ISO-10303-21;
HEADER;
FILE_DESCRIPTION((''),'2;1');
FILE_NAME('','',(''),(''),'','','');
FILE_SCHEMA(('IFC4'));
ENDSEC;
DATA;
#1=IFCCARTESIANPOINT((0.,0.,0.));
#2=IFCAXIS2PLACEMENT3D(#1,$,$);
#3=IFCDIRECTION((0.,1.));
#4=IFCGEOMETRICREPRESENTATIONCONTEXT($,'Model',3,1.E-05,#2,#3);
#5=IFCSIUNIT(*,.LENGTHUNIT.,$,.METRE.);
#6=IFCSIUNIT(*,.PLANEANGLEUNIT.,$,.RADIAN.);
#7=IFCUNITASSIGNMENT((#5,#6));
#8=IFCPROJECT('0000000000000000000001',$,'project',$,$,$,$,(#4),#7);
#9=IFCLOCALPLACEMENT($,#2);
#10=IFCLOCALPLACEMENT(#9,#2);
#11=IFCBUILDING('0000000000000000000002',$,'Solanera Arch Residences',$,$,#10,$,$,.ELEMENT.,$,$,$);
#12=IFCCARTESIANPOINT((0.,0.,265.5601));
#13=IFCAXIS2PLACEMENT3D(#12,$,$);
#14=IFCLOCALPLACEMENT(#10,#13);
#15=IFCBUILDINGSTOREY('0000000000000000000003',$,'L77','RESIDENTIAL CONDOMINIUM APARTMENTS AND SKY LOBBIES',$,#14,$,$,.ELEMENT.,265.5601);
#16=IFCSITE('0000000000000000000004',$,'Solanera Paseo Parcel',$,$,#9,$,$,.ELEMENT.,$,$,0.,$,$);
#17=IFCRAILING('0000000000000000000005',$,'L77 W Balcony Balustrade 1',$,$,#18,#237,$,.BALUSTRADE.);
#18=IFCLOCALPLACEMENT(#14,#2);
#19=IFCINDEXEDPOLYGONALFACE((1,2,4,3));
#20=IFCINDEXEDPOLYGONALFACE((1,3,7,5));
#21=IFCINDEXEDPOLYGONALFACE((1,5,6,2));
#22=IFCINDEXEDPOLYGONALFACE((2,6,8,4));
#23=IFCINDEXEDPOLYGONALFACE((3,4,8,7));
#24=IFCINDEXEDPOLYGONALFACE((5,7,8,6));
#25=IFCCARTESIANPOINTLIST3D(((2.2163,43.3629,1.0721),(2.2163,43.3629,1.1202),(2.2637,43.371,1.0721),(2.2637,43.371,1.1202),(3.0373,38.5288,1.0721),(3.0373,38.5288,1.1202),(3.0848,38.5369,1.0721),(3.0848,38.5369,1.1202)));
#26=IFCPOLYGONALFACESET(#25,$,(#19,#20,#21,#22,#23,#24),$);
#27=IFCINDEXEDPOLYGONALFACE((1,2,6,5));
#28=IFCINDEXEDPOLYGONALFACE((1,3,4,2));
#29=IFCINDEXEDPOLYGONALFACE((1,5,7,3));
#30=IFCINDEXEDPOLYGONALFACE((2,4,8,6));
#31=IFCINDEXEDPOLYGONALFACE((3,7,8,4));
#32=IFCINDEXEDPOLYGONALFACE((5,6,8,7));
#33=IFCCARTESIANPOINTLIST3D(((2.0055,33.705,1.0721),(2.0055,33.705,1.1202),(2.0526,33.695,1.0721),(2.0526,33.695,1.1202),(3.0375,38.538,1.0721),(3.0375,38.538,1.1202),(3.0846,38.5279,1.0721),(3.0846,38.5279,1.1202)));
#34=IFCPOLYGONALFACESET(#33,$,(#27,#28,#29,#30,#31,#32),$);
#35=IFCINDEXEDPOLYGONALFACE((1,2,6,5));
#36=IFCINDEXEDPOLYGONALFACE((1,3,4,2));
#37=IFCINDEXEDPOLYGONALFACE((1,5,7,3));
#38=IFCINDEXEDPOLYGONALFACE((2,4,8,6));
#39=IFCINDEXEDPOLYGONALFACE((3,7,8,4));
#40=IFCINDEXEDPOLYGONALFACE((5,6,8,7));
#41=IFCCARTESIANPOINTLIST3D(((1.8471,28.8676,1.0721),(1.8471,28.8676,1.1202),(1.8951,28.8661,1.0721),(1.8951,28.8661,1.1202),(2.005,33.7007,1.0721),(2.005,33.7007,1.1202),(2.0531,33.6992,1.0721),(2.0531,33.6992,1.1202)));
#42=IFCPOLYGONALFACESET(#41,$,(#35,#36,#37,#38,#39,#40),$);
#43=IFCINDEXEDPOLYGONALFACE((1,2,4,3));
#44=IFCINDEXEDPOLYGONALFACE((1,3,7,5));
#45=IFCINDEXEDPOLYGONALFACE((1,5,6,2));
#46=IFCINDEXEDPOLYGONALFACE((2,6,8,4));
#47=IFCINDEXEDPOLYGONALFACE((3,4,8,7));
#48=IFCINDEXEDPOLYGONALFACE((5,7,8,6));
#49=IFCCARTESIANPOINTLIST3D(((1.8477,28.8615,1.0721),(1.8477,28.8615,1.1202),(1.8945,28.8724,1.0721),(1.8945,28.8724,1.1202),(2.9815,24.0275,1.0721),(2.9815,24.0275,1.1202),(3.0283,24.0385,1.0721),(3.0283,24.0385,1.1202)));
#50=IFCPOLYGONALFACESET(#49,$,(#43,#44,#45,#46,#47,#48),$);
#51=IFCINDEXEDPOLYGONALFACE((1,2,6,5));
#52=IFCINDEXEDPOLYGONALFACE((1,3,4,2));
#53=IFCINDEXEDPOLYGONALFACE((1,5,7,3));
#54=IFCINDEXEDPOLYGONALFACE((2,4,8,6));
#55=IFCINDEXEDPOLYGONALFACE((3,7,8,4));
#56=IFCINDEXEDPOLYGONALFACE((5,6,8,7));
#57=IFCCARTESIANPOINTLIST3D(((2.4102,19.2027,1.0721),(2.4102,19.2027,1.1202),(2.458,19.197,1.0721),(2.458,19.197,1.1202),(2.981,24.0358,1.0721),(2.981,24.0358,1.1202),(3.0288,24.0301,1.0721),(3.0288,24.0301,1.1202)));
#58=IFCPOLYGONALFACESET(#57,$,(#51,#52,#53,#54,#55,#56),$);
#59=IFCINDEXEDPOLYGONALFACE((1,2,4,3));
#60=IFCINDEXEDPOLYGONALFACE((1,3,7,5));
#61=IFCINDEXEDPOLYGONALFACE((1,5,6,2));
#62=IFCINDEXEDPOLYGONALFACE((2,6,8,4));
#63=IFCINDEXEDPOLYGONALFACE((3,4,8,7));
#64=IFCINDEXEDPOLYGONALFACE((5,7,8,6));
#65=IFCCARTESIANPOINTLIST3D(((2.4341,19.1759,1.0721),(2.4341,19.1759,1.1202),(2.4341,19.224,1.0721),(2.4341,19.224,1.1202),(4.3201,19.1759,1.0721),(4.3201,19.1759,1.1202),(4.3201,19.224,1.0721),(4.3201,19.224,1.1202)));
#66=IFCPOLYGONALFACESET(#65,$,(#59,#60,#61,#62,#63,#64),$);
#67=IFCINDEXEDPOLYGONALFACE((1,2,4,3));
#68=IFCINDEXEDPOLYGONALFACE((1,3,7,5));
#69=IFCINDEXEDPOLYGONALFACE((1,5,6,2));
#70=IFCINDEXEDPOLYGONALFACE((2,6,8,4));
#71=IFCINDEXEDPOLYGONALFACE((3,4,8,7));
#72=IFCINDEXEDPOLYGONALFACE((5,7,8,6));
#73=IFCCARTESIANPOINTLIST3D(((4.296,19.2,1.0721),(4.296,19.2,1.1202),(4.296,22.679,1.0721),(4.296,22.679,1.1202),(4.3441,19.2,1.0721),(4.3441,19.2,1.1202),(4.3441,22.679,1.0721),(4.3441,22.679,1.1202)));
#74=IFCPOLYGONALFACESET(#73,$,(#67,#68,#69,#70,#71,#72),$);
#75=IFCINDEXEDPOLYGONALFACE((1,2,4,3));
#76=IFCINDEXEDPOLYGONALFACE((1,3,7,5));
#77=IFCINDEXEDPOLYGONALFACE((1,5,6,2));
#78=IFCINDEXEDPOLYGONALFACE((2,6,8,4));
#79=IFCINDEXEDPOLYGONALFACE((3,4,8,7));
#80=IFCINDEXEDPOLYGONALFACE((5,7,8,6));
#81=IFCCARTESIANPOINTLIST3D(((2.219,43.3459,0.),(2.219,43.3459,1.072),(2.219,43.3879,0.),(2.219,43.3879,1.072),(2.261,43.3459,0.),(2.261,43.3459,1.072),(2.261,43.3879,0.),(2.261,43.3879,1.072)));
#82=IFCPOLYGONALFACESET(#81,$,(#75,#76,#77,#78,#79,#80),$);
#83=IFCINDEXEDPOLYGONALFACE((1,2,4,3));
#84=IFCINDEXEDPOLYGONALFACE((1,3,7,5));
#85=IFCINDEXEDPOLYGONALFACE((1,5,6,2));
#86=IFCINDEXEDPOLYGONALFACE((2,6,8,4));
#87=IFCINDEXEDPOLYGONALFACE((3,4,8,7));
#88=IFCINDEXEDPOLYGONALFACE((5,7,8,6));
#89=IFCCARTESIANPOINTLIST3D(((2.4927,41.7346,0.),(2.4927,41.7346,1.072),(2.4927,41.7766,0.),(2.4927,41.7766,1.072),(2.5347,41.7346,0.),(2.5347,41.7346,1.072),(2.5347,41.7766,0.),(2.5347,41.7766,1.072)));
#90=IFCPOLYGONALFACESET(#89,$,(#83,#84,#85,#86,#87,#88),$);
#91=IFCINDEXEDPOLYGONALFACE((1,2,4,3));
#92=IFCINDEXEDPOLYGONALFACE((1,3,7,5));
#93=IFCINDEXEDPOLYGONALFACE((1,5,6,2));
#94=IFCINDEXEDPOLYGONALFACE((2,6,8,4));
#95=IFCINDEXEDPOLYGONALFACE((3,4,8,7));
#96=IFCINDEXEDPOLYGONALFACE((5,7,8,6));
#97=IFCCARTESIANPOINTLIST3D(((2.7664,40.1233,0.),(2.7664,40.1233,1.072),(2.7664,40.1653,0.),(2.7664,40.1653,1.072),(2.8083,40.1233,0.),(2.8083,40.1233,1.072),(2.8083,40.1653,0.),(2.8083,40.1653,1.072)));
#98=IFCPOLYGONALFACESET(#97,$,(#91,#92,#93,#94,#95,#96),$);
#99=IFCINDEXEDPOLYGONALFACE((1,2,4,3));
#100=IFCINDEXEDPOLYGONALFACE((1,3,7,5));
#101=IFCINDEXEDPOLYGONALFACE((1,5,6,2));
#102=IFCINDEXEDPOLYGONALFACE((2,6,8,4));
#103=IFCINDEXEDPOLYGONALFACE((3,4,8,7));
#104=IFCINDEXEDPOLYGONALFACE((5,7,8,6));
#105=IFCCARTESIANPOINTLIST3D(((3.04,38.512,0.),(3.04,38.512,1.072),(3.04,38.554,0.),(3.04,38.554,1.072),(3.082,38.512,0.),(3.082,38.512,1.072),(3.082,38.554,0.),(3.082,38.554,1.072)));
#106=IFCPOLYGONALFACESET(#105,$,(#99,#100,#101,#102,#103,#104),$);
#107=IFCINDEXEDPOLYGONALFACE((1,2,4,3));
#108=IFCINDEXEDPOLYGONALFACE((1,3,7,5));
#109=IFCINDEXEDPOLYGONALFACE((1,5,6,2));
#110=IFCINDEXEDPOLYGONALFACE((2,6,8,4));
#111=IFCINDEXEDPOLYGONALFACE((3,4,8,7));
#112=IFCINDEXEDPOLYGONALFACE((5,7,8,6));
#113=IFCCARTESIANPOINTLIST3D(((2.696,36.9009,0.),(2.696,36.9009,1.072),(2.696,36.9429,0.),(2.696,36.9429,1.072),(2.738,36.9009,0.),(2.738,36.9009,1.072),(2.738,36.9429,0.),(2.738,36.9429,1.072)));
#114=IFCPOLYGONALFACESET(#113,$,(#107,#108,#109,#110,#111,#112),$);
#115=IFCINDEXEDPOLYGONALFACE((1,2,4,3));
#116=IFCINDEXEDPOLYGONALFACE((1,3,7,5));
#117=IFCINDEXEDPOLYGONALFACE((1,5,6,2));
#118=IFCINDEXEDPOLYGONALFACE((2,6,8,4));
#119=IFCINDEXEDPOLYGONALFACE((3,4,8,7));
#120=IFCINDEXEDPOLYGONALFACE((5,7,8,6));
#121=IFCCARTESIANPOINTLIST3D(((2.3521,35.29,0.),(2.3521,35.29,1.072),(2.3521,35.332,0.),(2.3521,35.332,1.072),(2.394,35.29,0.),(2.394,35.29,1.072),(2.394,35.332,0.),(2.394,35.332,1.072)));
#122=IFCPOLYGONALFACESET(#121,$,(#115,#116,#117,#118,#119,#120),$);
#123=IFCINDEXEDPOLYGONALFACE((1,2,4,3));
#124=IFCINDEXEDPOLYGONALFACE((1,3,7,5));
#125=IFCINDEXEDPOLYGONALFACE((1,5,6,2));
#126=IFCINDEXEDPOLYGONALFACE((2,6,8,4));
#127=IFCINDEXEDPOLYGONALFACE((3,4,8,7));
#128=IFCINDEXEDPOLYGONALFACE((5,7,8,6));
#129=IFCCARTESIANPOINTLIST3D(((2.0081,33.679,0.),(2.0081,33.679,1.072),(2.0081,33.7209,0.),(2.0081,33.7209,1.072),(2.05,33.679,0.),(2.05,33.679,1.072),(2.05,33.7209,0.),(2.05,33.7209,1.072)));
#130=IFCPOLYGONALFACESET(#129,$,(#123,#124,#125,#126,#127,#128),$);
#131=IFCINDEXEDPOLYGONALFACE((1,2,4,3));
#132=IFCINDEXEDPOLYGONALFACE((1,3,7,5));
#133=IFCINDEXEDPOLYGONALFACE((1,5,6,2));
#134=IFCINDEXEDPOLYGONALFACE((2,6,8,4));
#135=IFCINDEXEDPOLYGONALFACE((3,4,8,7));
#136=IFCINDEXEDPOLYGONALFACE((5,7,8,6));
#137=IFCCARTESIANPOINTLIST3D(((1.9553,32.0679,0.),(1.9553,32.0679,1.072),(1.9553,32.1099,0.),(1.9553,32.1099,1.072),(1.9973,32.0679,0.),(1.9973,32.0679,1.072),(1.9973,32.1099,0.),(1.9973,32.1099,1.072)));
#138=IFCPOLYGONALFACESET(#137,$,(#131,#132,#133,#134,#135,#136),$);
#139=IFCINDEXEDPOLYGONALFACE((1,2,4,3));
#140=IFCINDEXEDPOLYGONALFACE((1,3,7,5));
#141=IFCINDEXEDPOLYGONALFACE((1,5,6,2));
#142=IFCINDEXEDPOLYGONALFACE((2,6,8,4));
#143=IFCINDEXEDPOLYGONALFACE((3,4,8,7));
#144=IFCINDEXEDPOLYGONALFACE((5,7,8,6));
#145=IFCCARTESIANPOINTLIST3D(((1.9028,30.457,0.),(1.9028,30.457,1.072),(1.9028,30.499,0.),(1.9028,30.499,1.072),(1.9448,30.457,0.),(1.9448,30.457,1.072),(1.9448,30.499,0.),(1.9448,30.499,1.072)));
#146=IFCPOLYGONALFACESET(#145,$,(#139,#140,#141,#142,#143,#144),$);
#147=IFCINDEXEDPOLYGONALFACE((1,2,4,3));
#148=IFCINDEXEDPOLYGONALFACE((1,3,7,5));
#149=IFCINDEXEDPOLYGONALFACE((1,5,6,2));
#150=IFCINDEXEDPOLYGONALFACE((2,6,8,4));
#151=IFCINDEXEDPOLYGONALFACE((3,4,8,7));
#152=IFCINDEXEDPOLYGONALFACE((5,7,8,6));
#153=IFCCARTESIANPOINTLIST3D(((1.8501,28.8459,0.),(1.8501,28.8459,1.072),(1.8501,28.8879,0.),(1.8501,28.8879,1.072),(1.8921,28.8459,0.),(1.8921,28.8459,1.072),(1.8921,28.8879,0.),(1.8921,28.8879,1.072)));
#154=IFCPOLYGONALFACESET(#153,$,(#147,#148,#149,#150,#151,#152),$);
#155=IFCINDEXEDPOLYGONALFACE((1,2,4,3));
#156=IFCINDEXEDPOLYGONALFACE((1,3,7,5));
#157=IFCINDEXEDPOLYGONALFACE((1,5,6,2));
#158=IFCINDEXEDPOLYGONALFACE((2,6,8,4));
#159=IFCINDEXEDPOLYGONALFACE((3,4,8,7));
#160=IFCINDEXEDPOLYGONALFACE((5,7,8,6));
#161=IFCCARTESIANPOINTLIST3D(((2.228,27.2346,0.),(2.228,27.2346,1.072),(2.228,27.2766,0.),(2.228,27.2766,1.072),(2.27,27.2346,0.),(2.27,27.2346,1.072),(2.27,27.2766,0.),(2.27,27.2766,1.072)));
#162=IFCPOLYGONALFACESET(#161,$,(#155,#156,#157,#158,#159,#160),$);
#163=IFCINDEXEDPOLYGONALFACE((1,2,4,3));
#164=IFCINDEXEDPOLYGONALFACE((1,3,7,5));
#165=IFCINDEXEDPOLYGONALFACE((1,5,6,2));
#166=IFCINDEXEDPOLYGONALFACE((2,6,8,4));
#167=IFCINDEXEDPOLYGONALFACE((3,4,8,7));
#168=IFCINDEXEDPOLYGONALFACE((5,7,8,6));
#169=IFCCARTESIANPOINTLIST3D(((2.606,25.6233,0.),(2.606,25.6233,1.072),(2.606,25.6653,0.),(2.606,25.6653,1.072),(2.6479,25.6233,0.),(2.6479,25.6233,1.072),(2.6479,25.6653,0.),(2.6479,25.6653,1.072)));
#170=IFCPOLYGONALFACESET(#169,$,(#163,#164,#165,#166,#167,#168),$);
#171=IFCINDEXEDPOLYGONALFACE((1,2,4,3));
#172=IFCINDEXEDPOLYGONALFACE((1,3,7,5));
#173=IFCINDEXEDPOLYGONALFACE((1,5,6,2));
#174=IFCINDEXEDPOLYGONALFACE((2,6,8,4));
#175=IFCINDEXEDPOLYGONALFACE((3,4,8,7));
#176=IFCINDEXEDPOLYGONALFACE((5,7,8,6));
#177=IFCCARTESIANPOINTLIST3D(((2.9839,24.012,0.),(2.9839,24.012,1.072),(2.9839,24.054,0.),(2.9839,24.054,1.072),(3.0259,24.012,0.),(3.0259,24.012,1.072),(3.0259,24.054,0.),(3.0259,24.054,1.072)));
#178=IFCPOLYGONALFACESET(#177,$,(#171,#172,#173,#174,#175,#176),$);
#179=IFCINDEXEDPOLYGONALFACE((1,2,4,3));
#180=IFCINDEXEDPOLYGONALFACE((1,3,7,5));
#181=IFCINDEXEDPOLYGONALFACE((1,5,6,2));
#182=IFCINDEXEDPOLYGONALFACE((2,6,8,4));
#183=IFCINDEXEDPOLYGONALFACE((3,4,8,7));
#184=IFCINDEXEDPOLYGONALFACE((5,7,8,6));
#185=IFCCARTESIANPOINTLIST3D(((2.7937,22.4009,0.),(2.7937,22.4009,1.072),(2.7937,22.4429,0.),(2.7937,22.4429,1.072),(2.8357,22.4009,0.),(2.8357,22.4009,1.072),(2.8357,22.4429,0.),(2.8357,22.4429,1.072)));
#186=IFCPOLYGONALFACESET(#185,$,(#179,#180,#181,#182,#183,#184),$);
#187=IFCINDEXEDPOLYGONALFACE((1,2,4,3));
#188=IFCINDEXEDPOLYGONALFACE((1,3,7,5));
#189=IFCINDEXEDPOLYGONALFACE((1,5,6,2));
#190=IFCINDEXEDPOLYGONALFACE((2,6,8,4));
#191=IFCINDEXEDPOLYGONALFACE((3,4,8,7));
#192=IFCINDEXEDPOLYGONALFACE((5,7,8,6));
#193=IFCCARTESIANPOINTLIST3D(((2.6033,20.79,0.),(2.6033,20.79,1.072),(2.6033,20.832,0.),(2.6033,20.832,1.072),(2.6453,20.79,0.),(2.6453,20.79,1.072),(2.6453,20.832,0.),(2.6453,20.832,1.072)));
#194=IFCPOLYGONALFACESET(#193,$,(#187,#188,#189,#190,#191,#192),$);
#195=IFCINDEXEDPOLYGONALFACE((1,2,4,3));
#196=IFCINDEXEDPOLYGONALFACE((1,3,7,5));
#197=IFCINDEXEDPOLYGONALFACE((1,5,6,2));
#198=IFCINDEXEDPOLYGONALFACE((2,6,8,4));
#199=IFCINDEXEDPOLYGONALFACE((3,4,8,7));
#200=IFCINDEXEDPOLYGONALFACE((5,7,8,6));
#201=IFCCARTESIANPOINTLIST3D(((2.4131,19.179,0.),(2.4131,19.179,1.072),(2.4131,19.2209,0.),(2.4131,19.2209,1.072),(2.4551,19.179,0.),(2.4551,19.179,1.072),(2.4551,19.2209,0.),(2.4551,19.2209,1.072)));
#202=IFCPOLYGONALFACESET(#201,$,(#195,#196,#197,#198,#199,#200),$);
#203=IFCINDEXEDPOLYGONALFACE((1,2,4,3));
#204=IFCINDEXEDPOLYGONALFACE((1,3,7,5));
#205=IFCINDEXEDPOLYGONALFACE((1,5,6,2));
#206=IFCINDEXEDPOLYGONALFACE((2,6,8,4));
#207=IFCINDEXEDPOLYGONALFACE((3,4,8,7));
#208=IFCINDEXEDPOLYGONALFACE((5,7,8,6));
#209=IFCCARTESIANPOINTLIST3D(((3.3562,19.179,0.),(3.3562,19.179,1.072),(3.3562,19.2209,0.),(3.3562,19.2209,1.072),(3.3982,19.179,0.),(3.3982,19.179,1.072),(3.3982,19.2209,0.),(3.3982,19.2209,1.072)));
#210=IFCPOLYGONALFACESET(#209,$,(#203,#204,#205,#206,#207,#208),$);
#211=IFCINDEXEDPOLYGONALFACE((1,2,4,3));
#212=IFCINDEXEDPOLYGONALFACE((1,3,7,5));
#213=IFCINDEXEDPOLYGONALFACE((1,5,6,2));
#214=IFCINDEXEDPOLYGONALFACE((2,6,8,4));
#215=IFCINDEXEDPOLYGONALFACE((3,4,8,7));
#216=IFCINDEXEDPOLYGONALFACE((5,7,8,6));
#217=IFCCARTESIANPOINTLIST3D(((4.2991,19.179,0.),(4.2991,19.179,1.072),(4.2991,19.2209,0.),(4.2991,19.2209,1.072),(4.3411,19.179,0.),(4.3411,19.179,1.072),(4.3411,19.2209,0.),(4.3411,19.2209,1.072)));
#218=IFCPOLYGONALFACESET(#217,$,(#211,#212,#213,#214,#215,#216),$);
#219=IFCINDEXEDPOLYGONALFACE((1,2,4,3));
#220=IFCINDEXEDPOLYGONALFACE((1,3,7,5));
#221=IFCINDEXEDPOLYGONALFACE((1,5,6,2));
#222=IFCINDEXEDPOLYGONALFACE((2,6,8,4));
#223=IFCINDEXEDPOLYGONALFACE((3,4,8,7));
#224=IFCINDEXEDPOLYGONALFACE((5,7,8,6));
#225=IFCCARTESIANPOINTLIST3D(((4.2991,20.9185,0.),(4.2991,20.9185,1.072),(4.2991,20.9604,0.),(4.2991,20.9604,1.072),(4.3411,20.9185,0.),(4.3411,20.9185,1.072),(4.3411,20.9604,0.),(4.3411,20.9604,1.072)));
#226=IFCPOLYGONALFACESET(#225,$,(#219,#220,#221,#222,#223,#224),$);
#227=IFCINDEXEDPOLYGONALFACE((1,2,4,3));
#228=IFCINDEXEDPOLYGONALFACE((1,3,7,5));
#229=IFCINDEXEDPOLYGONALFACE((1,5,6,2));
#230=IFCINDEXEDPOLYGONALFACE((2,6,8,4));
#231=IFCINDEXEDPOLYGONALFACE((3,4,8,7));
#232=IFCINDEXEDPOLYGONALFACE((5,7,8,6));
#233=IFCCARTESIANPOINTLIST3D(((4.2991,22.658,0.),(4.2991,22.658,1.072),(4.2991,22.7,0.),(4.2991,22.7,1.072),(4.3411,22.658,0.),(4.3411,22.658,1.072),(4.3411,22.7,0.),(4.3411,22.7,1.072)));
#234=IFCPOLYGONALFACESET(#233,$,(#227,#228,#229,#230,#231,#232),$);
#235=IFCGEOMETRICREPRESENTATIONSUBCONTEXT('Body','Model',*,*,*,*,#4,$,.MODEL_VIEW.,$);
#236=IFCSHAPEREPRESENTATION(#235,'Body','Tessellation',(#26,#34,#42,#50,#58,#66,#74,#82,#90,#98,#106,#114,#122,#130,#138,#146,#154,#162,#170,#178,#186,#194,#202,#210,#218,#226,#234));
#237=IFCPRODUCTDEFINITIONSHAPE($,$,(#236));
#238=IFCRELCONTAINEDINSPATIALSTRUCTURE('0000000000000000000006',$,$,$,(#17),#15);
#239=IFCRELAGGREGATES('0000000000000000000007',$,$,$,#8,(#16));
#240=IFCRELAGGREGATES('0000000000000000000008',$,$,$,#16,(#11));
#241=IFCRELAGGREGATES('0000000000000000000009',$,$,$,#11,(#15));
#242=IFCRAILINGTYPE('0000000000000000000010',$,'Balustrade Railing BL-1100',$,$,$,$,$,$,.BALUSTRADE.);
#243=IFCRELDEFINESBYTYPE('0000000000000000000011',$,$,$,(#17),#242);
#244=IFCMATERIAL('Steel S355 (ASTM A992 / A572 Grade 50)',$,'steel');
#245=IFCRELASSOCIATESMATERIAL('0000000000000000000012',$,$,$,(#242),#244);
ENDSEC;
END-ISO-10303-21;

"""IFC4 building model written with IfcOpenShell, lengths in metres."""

from ifc_helpers import new_model, si_unit, direction, frame, origin, origin_2d, place, context, subcontext, project, spatial, rectangle, extrude, material, type_object, element, save


model = new_model("IFC4")

# Units and contexts
model_context = context("Model", 3, precision=1e-05, world=origin(), true_north=direction((0.0, 1.0)))
body_context = subcontext(model_context, "Body", "Model", "MODEL_VIEW")
ifc_project = project(units=[si_unit("LENGTHUNIT", "METRE"), si_unit("PLANEANGLEUNIT", "RADIAN")], contexts=[model_context])

# Site, building, storey
site_placement = place(None, origin())
site = spatial("IfcSite", under=ifc_project, at=site_placement, Name="Solanera Paseo Parcel", CompositionType="ELEMENT", RefElevation=0.0)
building_placement = place(site_placement, origin())
building = spatial("IfcBuilding", under=site, at=building_placement, Name="Solanera Arch Residences", CompositionType="ELEMENT")
storey_placement = place(building_placement, frame((0.0, 0.0, 265.5601)))
storey = spatial("IfcBuildingStorey", under=building, at=storey_placement, Name="L77", Description="RESIDENTIAL CONDOMINIUM APARTMENTS AND SKY LOBBIES", CompositionType="ELEMENT", Elevation=265.5601)

# Railing
ifc_material_1 = material(Name="Steel S355 (ASTM A992 / A572 Grade 50)", Category="steel")
railing_type = type_object("IfcRailingType", Name="Balustrade Railing BL-1100", PredefinedType="BALUSTRADE", material=ifc_material_1)
railing_1_placement = place(storey_placement, frame((2.24, 43.3669, 0.0)))
element("IfcRailing", 1, at=railing_1_placement, inside=storey, type_object=railing_type, Name="L77 W Balcony Balustrade 1", PredefinedType="BALUSTRADE", context=body_context, shape_type="SweptSolid", body=[
    extrude(rectangle(XDim=0.0481, YDim=0.0481, at=origin_2d()), frame((0.0, 0.0, 1.0962), z_axis=(0.16745, -0.985881, 0.0), x_axis=(0.985881, 0.16745, 0.0)), (0.0, 0.0, 1.0), 4.9033),
    extrude(rectangle(XDim=0.0481, YDim=0.0481, at=origin_2d()), frame((0.821, -4.834, 1.0962), z_axis=(-0.208821, -0.977954, 0.0), x_axis=(0.977954, -0.208821, 0.0)), (0.0, 0.0, 1.0), 4.9419),
    extrude(rectangle(XDim=0.0481, YDim=0.0481, at=origin_2d()), frame((-0.2109, -9.667, 1.0962), z_axis=(-0.032666, -0.999466, 0.0), x_axis=(0.999466, -0.032666, 0.0)), (0.0, 0.0, 1.0), 4.8357),
    extrude(rectangle(XDim=0.0481, YDim=0.0481, at=origin_2d()), frame((-0.3689, -14.5, 1.0962), z_axis=(0.228349, -0.973579, 0.0), x_axis=(0.973579, 0.228349, 0.0)), (0.0, 0.0, 1.0), 4.9651),
    extrude(rectangle(XDim=0.0481, YDim=0.0481, at=origin_2d()), frame((0.7649, -19.334, 1.0962), z_axis=(-0.117289, -0.993098, 0.0), x_axis=(0.993098, -0.117289, 0.0)), (0.0, 0.0, 1.0), 4.8667),
    extrude(rectangle(XDim=0.0481, YDim=0.0481, at=origin_2d()), frame((0.1941, -24.167, 1.0962), z_axis=(1.0, 0.0, 0.0), x_axis=(0.0, 1.0, 0.0)), (0.0, 0.0, 1.0), 1.886),
    extrude(rectangle(XDim=0.0481, YDim=0.0481, at=origin_2d()), frame((2.0801, -24.167, 1.0962), z_axis=(0.0, 1.0, 0.0), x_axis=(-1.0, 0.0, 0.0)), (0.0, 0.0, 1.0), 3.479),
    extrude(rectangle(XDim=0.042, YDim=0.042, at=origin_2d()), origin(), (0.0, 0.0, 1.0), 1.072),
    extrude(rectangle(XDim=0.042, YDim=0.042, at=origin_2d()), frame((0.2737, -1.6113, 0.0)), (0.0, 0.0, 1.0), 1.072),
    extrude(rectangle(XDim=0.042, YDim=0.042, at=origin_2d()), frame((0.5474, -3.2227, 0.0)), (0.0, 0.0, 1.0), 1.072),
    extrude(rectangle(XDim=0.042, YDim=0.042, at=origin_2d()), frame((0.821, -4.834, 0.0)), (0.0, 0.0, 1.0), 1.072),
    extrude(rectangle(XDim=0.042, YDim=0.042, at=origin_2d()), frame((0.4771, -6.4451, 0.0)), (0.0, 0.0, 1.0), 1.072),
    extrude(rectangle(XDim=0.042, YDim=0.042, at=origin_2d()), frame((0.1331, -8.0559, 0.0)), (0.0, 0.0, 1.0), 1.072),
    extrude(rectangle(XDim=0.042, YDim=0.042, at=origin_2d()), frame((-0.2109, -9.667, 0.0)), (0.0, 0.0, 1.0), 1.072),
    extrude(rectangle(XDim=0.042, YDim=0.042, at=origin_2d()), frame((-0.2637, -11.2781, 0.0)), (0.0, 0.0, 1.0), 1.072),
    extrude(rectangle(XDim=0.042, YDim=0.042, at=origin_2d()), frame((-0.3162, -12.8889, 0.0)), (0.0, 0.0, 1.0), 1.072),
    extrude(rectangle(XDim=0.042, YDim=0.042, at=origin_2d()), frame((-0.3689, -14.5, 0.0)), (0.0, 0.0, 1.0), 1.072),
    extrude(rectangle(XDim=0.042, YDim=0.042, at=origin_2d()), frame((0.009, -16.1113, 0.0)), (0.0, 0.0, 1.0), 1.072),
    extrude(rectangle(XDim=0.042, YDim=0.042, at=origin_2d()), frame((0.387, -17.7227, 0.0)), (0.0, 0.0, 1.0), 1.072),
    extrude(rectangle(XDim=0.042, YDim=0.042, at=origin_2d()), frame((0.7649, -19.334, 0.0)), (0.0, 0.0, 1.0), 1.072),
    extrude(rectangle(XDim=0.042, YDim=0.042, at=origin_2d()), frame((0.5747, -20.9451, 0.0)), (0.0, 0.0, 1.0), 1.072),
    extrude(rectangle(XDim=0.042, YDim=0.042, at=origin_2d()), frame((0.3843, -22.5559, 0.0)), (0.0, 0.0, 1.0), 1.072),
    extrude(rectangle(XDim=0.042, YDim=0.042, at=origin_2d()), frame((0.1941, -24.167, 0.0)), (0.0, 0.0, 1.0), 1.072),
    extrude(rectangle(XDim=0.042, YDim=0.042, at=origin_2d()), frame((1.1372, -24.167, 0.0)), (0.0, 0.0, 1.0), 1.072),
    extrude(rectangle(XDim=0.042, YDim=0.042, at=origin_2d()), frame((2.0801, -24.167, 0.0)), (0.0, 0.0, 1.0), 1.072),
    extrude(rectangle(XDim=0.042, YDim=0.042, at=origin_2d()), frame((2.0801, -22.4275, 0.0)), (0.0, 0.0, 1.0), 1.072),
    extrude(rectangle(XDim=0.042, YDim=0.042, at=origin_2d()), frame((2.0801, -20.688, 0.0)), (0.0, 0.0, 1.0), 1.072),
])

save(model, "model.ifc")
